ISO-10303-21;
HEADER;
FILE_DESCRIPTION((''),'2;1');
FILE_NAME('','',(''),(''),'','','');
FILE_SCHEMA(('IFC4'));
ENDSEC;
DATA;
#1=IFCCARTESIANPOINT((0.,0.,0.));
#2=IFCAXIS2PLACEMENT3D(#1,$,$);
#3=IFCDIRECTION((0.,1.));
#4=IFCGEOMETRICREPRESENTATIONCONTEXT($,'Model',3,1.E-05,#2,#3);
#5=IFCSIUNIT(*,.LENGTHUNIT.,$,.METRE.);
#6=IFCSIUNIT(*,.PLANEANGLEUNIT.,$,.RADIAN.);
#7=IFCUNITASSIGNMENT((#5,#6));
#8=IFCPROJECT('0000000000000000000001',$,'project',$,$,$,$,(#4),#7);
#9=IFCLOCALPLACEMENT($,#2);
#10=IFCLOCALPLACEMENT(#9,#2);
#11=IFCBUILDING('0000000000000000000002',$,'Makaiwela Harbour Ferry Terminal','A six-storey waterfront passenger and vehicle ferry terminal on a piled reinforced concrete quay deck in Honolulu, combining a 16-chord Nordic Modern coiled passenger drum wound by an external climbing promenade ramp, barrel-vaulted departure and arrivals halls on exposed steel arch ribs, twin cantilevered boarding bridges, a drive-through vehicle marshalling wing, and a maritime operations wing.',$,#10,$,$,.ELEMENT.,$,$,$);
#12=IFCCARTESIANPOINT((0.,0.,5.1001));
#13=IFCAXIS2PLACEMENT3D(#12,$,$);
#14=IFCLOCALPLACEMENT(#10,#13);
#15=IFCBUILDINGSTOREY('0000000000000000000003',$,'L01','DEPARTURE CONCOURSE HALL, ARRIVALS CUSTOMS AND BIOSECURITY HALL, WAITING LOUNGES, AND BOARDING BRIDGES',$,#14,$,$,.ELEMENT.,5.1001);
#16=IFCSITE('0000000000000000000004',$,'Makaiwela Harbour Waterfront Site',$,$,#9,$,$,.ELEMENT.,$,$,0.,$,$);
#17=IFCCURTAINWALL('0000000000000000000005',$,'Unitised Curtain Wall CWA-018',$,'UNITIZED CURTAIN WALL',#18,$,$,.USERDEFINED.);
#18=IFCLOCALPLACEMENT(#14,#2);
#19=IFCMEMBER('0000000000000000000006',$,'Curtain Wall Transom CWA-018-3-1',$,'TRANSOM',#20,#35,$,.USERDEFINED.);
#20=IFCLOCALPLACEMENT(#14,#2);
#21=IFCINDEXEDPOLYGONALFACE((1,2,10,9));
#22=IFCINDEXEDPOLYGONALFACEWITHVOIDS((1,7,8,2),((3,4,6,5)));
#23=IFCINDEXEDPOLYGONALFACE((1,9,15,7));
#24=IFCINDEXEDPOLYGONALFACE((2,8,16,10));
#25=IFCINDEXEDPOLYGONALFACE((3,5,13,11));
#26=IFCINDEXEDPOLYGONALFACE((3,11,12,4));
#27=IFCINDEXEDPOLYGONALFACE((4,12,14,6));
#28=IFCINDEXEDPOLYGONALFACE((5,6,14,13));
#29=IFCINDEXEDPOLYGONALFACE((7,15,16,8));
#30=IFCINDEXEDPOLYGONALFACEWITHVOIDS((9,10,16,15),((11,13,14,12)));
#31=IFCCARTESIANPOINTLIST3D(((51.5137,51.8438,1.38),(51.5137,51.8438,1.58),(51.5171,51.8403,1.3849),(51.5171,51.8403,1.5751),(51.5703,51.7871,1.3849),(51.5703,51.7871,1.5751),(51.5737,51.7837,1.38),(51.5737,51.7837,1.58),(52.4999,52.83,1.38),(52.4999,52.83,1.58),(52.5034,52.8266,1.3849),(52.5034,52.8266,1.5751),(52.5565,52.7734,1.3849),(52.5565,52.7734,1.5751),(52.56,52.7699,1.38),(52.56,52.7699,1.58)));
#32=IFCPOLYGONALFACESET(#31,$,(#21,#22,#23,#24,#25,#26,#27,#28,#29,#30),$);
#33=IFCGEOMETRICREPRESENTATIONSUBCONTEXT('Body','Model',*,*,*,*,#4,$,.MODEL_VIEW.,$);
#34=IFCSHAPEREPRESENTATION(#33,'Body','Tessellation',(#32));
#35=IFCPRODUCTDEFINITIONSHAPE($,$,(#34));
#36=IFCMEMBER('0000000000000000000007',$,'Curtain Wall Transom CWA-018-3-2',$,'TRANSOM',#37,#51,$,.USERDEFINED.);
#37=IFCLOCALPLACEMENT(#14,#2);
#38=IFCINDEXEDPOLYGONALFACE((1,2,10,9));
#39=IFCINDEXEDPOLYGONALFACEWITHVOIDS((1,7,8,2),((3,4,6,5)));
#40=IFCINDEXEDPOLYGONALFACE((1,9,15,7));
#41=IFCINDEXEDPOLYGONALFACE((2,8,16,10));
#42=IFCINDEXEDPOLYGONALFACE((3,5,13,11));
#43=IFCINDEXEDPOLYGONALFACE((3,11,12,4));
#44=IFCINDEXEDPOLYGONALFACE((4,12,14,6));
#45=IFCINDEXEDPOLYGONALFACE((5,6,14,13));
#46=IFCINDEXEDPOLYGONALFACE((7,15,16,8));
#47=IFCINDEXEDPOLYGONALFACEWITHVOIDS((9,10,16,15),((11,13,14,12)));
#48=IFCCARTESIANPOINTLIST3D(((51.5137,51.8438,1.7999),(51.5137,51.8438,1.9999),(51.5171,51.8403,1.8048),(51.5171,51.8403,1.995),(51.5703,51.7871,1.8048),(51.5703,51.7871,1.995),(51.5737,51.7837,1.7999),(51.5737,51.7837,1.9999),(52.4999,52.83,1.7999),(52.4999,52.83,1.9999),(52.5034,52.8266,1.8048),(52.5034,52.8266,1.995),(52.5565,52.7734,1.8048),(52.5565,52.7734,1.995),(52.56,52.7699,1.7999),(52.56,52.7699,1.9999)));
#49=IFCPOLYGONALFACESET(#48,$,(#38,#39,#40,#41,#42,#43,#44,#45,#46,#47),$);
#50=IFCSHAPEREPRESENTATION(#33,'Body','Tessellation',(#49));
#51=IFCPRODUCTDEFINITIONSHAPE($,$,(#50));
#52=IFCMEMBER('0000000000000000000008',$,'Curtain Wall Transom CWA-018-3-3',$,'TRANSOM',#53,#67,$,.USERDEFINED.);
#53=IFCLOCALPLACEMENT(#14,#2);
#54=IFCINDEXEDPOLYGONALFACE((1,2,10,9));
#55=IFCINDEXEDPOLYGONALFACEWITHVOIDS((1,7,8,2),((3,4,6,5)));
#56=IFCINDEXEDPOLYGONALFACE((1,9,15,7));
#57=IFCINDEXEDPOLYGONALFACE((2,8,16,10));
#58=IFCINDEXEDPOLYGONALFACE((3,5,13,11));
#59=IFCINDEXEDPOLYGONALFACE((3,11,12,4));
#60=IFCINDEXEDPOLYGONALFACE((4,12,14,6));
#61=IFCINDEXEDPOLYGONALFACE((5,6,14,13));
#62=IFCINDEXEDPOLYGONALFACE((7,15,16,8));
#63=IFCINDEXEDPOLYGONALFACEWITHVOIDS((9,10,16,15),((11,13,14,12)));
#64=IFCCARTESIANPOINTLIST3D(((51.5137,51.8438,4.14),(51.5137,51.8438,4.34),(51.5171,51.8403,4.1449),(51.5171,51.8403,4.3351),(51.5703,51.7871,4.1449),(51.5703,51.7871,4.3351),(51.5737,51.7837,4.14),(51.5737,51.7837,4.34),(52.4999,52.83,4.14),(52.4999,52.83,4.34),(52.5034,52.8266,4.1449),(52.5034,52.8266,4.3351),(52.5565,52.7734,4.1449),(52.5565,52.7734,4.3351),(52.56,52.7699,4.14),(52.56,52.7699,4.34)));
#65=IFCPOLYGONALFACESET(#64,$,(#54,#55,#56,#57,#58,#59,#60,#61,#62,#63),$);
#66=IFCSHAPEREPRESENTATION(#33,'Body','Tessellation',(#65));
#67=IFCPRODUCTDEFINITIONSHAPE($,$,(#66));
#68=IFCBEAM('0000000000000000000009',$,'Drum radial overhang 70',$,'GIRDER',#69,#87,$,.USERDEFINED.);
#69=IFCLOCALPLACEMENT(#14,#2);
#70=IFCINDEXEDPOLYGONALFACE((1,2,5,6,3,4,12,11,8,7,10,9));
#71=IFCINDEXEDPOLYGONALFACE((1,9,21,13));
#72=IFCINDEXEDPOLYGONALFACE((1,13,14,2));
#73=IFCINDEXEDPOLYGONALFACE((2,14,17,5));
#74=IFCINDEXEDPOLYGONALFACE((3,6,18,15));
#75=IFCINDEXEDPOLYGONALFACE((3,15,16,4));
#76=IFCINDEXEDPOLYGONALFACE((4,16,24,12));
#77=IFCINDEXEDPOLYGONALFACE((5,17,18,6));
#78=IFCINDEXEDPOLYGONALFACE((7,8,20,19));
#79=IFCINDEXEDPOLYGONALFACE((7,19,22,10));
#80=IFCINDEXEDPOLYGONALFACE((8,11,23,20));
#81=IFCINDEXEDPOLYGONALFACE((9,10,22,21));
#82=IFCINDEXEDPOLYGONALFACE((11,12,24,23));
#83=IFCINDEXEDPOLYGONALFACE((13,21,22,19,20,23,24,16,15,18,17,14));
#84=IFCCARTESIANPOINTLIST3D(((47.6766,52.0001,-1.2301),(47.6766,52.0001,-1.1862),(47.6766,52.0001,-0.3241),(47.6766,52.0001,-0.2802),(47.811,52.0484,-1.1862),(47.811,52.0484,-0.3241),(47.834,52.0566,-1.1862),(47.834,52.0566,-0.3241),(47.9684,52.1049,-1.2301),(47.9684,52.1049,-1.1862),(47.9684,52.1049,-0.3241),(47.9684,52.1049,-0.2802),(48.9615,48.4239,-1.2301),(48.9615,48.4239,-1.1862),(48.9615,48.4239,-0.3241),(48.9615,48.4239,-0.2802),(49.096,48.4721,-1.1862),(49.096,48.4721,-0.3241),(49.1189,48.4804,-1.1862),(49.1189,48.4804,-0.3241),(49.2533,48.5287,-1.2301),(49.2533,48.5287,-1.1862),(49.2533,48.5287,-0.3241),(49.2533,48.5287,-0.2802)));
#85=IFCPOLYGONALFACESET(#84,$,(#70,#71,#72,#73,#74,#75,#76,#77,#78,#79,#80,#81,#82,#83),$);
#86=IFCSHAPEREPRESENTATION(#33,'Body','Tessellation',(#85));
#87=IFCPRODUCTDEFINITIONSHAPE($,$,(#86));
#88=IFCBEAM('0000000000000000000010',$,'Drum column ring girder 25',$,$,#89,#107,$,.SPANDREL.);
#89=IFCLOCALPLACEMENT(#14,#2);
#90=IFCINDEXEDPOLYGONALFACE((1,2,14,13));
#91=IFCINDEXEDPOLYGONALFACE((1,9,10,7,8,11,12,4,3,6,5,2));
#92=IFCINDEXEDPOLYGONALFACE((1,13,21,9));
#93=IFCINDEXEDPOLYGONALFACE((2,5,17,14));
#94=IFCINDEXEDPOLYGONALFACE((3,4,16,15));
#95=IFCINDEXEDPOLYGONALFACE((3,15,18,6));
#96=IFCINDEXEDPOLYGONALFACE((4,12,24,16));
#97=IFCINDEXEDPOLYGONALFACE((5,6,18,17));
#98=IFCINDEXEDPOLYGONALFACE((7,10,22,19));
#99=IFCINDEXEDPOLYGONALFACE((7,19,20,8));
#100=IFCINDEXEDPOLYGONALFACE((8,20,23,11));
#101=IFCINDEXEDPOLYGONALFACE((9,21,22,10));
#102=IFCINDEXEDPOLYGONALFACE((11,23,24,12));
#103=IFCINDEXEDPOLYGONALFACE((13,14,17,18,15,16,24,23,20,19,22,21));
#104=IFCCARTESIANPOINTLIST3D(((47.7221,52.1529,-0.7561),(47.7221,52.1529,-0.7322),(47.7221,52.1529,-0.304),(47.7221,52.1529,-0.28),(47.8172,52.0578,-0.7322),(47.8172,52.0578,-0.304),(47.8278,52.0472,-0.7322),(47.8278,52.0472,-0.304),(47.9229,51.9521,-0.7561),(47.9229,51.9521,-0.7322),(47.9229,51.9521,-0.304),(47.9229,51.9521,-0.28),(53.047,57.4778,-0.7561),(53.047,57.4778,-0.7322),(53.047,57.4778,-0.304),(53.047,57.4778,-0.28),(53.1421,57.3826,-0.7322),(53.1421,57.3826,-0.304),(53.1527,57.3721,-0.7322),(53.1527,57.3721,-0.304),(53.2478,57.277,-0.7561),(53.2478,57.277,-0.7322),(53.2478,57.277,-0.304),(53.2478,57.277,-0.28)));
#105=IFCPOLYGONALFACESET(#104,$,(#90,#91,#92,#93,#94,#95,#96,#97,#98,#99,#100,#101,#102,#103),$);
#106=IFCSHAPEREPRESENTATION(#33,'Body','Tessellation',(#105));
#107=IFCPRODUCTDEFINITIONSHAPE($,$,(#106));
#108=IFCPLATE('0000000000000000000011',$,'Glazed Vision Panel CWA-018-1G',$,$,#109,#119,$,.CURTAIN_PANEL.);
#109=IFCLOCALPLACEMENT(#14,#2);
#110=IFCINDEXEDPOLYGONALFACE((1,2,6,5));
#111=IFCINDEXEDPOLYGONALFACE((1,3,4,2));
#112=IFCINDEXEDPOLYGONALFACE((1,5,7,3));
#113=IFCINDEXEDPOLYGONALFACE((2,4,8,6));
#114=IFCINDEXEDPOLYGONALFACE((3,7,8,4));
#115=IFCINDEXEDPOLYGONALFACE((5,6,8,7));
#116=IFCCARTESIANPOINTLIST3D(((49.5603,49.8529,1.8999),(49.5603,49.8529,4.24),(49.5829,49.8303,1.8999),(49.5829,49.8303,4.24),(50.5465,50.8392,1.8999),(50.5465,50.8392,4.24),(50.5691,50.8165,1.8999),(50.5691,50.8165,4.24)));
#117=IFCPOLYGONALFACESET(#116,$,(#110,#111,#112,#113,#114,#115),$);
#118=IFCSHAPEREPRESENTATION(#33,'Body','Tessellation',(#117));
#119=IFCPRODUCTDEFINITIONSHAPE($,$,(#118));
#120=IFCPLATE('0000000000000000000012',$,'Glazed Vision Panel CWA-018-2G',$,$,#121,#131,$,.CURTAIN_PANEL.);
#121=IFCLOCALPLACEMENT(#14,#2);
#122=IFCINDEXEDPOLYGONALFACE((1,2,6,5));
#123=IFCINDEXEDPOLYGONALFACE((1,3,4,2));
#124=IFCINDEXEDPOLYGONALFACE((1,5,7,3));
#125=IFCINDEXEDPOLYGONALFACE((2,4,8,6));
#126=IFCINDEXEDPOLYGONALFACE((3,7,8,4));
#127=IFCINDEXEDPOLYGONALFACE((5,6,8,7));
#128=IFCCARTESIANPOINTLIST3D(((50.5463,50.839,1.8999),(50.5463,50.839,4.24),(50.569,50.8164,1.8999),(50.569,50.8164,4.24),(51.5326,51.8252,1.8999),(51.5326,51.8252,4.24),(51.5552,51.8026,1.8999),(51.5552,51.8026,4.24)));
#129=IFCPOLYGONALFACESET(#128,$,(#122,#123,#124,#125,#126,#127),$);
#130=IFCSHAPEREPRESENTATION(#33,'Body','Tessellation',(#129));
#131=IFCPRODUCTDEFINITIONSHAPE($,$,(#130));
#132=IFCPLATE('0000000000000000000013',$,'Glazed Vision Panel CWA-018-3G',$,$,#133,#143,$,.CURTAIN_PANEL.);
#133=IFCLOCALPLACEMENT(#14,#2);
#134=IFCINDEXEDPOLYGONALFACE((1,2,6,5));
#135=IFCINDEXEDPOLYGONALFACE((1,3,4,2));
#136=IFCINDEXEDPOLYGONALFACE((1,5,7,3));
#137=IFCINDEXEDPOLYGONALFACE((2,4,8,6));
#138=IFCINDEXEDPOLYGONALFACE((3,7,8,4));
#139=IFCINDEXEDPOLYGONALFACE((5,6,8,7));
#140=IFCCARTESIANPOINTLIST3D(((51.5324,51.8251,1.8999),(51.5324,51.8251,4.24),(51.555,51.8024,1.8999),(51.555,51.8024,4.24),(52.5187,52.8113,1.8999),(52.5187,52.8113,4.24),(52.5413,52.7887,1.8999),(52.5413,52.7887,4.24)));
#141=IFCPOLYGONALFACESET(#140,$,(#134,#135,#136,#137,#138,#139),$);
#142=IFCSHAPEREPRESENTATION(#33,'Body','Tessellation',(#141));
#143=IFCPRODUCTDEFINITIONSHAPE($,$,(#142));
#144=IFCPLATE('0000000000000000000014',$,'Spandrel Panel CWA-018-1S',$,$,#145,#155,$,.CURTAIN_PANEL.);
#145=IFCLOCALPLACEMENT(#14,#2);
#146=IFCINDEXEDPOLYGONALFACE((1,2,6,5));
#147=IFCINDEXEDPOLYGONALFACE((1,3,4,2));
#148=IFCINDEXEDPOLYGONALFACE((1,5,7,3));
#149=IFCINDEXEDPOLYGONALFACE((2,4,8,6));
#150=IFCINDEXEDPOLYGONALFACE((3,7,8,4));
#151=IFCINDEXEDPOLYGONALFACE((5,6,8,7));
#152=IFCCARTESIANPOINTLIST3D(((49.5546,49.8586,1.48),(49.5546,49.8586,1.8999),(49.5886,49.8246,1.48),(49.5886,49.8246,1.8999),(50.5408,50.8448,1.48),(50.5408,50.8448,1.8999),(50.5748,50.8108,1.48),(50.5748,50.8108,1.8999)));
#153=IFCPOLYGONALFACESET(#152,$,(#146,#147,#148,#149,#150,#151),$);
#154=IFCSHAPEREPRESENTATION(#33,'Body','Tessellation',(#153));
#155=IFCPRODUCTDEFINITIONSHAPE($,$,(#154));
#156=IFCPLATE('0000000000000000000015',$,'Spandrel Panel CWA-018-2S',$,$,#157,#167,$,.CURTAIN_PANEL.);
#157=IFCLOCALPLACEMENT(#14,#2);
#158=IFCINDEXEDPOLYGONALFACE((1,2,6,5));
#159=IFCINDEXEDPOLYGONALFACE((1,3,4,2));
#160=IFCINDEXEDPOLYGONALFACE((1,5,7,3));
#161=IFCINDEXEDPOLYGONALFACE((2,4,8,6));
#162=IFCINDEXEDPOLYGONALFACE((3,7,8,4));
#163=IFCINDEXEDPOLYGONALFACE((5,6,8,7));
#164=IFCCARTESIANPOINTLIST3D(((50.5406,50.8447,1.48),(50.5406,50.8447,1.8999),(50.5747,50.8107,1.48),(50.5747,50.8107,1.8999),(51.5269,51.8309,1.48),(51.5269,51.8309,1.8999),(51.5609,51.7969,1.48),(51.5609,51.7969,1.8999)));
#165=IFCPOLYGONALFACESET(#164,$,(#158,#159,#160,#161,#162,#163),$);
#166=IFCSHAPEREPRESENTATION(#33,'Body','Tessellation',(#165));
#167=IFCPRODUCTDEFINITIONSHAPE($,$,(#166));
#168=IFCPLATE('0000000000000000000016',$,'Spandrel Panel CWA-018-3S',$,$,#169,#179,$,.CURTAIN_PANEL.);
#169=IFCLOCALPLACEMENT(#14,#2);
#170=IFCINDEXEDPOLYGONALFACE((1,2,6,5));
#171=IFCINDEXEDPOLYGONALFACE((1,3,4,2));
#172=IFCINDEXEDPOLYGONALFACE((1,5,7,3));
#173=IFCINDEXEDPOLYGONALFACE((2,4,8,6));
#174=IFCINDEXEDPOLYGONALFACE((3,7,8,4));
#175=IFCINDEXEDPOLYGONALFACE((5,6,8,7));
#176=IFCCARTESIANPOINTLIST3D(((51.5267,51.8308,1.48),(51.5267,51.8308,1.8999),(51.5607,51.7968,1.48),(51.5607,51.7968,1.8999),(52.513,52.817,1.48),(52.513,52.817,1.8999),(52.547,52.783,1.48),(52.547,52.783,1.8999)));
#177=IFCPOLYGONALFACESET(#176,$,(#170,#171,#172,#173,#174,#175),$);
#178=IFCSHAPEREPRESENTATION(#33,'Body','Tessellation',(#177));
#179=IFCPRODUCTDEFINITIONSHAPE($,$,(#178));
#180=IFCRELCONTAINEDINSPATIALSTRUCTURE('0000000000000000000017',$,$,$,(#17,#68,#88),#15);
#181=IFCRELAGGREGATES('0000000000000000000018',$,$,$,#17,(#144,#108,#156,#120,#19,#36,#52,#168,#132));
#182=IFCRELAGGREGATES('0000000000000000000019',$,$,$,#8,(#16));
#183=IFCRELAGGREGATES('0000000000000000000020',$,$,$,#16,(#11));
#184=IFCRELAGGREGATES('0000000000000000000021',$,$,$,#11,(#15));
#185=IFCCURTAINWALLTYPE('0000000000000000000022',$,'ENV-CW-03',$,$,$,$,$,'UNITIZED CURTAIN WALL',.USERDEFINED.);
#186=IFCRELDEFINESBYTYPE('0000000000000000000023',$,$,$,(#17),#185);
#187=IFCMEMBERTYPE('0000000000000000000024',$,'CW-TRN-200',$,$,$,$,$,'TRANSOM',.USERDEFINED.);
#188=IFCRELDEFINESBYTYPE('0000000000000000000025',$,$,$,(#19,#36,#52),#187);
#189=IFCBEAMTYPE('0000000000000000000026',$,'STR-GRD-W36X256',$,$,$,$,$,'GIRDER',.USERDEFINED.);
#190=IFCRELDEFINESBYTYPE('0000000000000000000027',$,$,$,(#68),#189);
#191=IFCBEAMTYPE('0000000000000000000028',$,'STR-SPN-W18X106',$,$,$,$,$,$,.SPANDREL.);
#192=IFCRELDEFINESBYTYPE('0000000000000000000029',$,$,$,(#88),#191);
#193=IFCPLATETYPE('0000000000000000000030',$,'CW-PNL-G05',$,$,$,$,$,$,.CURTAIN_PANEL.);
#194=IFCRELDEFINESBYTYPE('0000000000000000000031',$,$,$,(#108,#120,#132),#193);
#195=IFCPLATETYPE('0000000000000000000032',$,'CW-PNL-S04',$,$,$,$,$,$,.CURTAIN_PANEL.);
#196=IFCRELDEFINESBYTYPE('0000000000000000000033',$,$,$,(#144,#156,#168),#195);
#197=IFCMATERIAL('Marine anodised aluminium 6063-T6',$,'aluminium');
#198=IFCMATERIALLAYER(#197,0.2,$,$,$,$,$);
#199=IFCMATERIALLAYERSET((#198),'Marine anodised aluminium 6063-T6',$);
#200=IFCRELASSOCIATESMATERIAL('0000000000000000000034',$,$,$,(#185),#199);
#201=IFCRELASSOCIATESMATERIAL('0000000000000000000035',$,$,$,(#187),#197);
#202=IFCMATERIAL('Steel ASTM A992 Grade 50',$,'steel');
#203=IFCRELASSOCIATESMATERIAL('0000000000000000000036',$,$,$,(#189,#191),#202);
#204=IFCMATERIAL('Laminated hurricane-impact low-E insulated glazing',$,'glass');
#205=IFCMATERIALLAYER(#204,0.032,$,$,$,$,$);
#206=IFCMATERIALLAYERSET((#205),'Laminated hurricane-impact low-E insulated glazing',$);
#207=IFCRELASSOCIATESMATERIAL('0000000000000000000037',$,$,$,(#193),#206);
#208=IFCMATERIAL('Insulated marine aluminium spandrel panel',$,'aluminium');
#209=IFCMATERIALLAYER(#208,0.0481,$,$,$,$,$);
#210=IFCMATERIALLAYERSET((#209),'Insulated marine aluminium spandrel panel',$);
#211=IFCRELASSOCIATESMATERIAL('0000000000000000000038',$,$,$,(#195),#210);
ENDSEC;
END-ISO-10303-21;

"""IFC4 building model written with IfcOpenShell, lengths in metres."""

from ifc_helpers import new_model, si_unit, direction, frame, origin, origin_2d, place, context, subcontext, project, spatial, rectangle, hollow_rectangle, i_section, extrude, material, layer, layer_set, material_profile, profile_set, type_object, element, aggregate, save


model = new_model("IFC4")

# Units and contexts
model_context = context("Model", 3, precision=1e-05, world=origin(), true_north=direction((0.0, 1.0)))
body_context = subcontext(model_context, "Body", "Model", "MODEL_VIEW")
ifc_project = project(units=[si_unit("LENGTHUNIT", "METRE"), si_unit("PLANEANGLEUNIT", "RADIAN")], contexts=[model_context])

# Site, building, storey
site_placement = place(None, origin())
site = spatial("IfcSite", under=ifc_project, at=site_placement, Name="Makaiwela Harbour Waterfront Site", CompositionType="ELEMENT", RefElevation=0.0)
building_placement = place(site_placement, origin())
building = spatial("IfcBuilding", under=site, at=building_placement, Name="Makaiwela Harbour Ferry Terminal", Description="A six-storey waterfront passenger and vehicle ferry terminal on a piled reinforced concrete quay deck in Honolulu, combining a 16-chord Nordic Modern coiled passenger drum wound by an external climbing promenade ramp, barrel-vaulted departure and arrivals halls on exposed steel arch ribs, twin cantilevered boarding bridges, a drive-through vehicle marshalling wing, and a maritime operations wing.", CompositionType="ELEMENT")
storey_placement = place(building_placement, frame((0.0, 0.0, 5.1001)))
storey = spatial("IfcBuildingStorey", under=building, at=storey_placement, Name="L01", Description="DEPARTURE CONCOURSE HALL, ARRIVALS CUSTOMS AND BIOSECURITY HALL, WAITING LOUNGES, AND BOARDING BRIDGES", CompositionType="ELEMENT", Elevation=5.1001)

# Shared definitions
ifc_material_1 = material(Name="Steel ASTM A992 Grade 50", Category="steel")

# Curtain wall, members
ifc_material_2 = material(Name="Marine anodised aluminium 6063-T6", Category="aluminium")
ifc_layer_1 = layer(ifc_material_2, 0.2)
ifc_layer_set_1 = layer_set([ifc_layer_1], Name="Marine anodised aluminium 6063-T6")
curtain_wall_type = type_object("IfcCurtainWallType", Name="ENV-CW-03", ElementType="UNITIZED CURTAIN WALL", PredefinedType="USERDEFINED", material=ifc_layer_set_1)
curtain_wall_placement = place(storey_placement, origin())
curtain_wall = element("IfcCurtainWall", 1, at=curtain_wall_placement, inside=storey, type_object=curtain_wall_type, Name="Unitised Curtain Wall CWA-018", ObjectType="UNITIZED CURTAIN WALL", PredefinedType="USERDEFINED")
ifc_material_profile_1 = material_profile(ifc_material_2, hollow_rectangle(XDim=0.085, YDim=0.2, WallThickness=0.0049, at=origin_2d()), Name="CWT-200X85")
ifc_profile_set_1 = profile_set([ifc_material_profile_1], Name="Marine anodised aluminium 6063-T6")
member_type_1 = type_object("IfcMemberType", Name="CW-TRN-200", ElementType="TRANSOM", PredefinedType="USERDEFINED", material=ifc_profile_set_1)
member_1_placement = place(storey_placement, frame((51.5437, 51.8137, 1.48), z_axis=(0.707107, 0.707107, 0.0), x_axis=(-0.707107, 0.707107, 0.0)))
member_1 = element("IfcMember", 2, at=member_1_placement, type_object=member_type_1, Name="Curtain Wall Transom CWA-018-3-1", ObjectType="TRANSOM", PredefinedType="USERDEFINED", context=body_context, shape_type="SweptSolid", body=[
    extrude(hollow_rectangle(XDim=0.085, YDim=0.2, WallThickness=0.0049, at=origin_2d()), origin(), (0.0, 0.0, 1.0), 1.3948),
])
member_2_placement = place(storey_placement, frame((51.5437, 51.8137, 1.8999), z_axis=(0.707107, 0.707107, 0.0), x_axis=(-0.707107, 0.707107, 0.0)))
member_2 = element("IfcMember", 3, at=member_2_placement, type_object=member_type_1, Name="Curtain Wall Transom CWA-018-3-2", ObjectType="TRANSOM", PredefinedType="USERDEFINED", context=body_context, shape_type="SweptSolid", body=[
    extrude(hollow_rectangle(XDim=0.085, YDim=0.2, WallThickness=0.0049, at=origin_2d()), origin(), (0.0, 0.0, 1.0), 1.3948),
])
member_3_placement = place(storey_placement, frame((51.5437, 51.8137, 4.24), z_axis=(0.707107, 0.707107, 0.0), x_axis=(-0.707107, 0.707107, 0.0)))
member_3 = element("IfcMember", 4, at=member_3_placement, type_object=member_type_1, Name="Curtain Wall Transom CWA-018-3-3", ObjectType="TRANSOM", PredefinedType="USERDEFINED", context=body_context, shape_type="SweptSolid", body=[
    extrude(hollow_rectangle(XDim=0.085, YDim=0.2, WallThickness=0.0049, at=origin_2d()), origin(), (0.0, 0.0, 1.0), 1.3948),
])

# Beams
ifc_material_profile_2 = material_profile(ifc_material_1, i_section(OverallWidth=0.3101, OverallDepth=0.95, WebThickness=0.0244, FlangeThickness=0.0439, at=origin_2d()), Name="W36X256")
ifc_profile_set_2 = profile_set([ifc_material_profile_2], Name="Steel ASTM A992 Grade 50")
beam_type_1 = type_object("IfcBeamType", Name="STR-GRD-W36X256", ElementType="GIRDER", PredefinedType="USERDEFINED", material=ifc_profile_set_2)
beam_1_placement = place(storey_placement, frame((47.8225, 52.0525, -0.7551), z_axis=(0.338135, -0.941098, 0.0), x_axis=(0.941098, 0.338135, 0.0)))
element("IfcBeam", 5, at=beam_1_placement, inside=storey, type_object=beam_type_1, Name="Drum radial overhang 70", ObjectType="GIRDER", PredefinedType="USERDEFINED", context=body_context, shape_type="SweptSolid", body=[
    extrude(i_section(OverallWidth=0.3101, OverallDepth=0.95, WebThickness=0.0244, FlangeThickness=0.0439, at=origin_2d()), origin(), (0.0, 0.0, 1.0), 3.8),
])
ifc_material_profile_3 = material_profile(ifc_material_1, i_section(OverallWidth=0.2839, OverallDepth=0.4761, WebThickness=0.0149, FlangeThickness=0.0239, at=origin_2d()), Name="W18X106")
ifc_profile_set_3 = profile_set([ifc_material_profile_3], Name="Steel ASTM A992 Grade 50")
beam_type_2 = type_object("IfcBeamType", Name="STR-SPN-W18X106", PredefinedType="SPANDREL", material=ifc_profile_set_3)
beam_2_placement = place(storey_placement, frame((47.8225, 52.0525, -0.5181), z_axis=(0.707107, 0.707107, 0.0), x_axis=(-0.707107, 0.707107, 0.0)))
element("IfcBeam", 6, at=beam_2_placement, inside=storey, type_object=beam_type_2, Name="Drum column ring girder 25", PredefinedType="SPANDREL", context=body_context, shape_type="SweptSolid", body=[
    extrude(i_section(OverallWidth=0.2839, OverallDepth=0.4761, WebThickness=0.0149, FlangeThickness=0.0239, at=origin_2d()), origin(), (0.0, 0.0, 1.0), 7.5305),
])

# Plates
ifc_material_3 = material(Name="Laminated hurricane-impact low-E insulated glazing", Category="glass")
ifc_layer_2 = layer(ifc_material_3, 0.032)
ifc_layer_set_2 = layer_set([ifc_layer_2], Name="Laminated hurricane-impact low-E insulated glazing")
plate_type_1 = type_object("IfcPlateType", Name="CW-PNL-G05", PredefinedType="CURTAIN_PANEL", material=ifc_layer_set_2)
plate_1_placement = place(storey_placement, frame((50.0647, 50.3347, 1.8999), z_axis=(0.0, 0.0, 1.0), x_axis=(0.707107, 0.707107, 0.0)))
plate_1 = element("IfcPlate", 7, at=plate_1_placement, type_object=plate_type_1, Name="Glazed Vision Panel CWA-018-1G", PredefinedType="CURTAIN_PANEL", context=body_context, shape_type="SweptSolid", body=[
    extrude(rectangle(XDim=1.3948, YDim=0.032, at=origin_2d()), origin(), (0.0, 0.0, 1.0), 2.3401),
])
plate_2_placement = place(storey_placement, frame((51.0508, 51.3208, 1.8999), z_axis=(0.0, 0.0, 1.0), x_axis=(0.707107, 0.707107, 0.0)))
plate_2 = element("IfcPlate", 8, at=plate_2_placement, type_object=plate_type_1, Name="Glazed Vision Panel CWA-018-2G", PredefinedType="CURTAIN_PANEL", context=body_context, shape_type="SweptSolid", body=[
    extrude(rectangle(XDim=1.3948, YDim=0.032, at=origin_2d()), origin(), (0.0, 0.0, 1.0), 2.3401),
])
plate_3_placement = place(storey_placement, frame((52.0369, 52.3069, 1.8999), z_axis=(0.0, 0.0, 1.0), x_axis=(0.707107, 0.707107, 0.0)))
plate_3 = element("IfcPlate", 9, at=plate_3_placement, type_object=plate_type_1, Name="Glazed Vision Panel CWA-018-3G", PredefinedType="CURTAIN_PANEL", context=body_context, shape_type="SweptSolid", body=[
    extrude(rectangle(XDim=1.3948, YDim=0.032, at=origin_2d()), origin(), (0.0, 0.0, 1.0), 2.3401),
])
ifc_material_4 = material(Name="Insulated marine aluminium spandrel panel", Category="aluminium")
ifc_layer_3 = layer(ifc_material_4, 0.0481)
ifc_layer_set_3 = layer_set([ifc_layer_3], Name="Insulated marine aluminium spandrel panel")
plate_type_2 = type_object("IfcPlateType", Name="CW-PNL-S04", PredefinedType="CURTAIN_PANEL", material=ifc_layer_set_3)
plate_4_placement = place(storey_placement, frame((50.0647, 50.3347, 1.48), z_axis=(0.0, 0.0, 1.0), x_axis=(0.707107, 0.707107, 0.0)))
plate_4 = element("IfcPlate", 10, at=plate_4_placement, type_object=plate_type_2, Name="Spandrel Panel CWA-018-1S", PredefinedType="CURTAIN_PANEL", context=body_context, shape_type="SweptSolid", body=[
    extrude(rectangle(XDim=1.3948, YDim=0.0481, at=origin_2d()), origin(), (0.0, 0.0, 1.0), 0.4199),
])
plate_5_placement = place(storey_placement, frame((51.0508, 51.3208, 1.48), z_axis=(0.0, 0.0, 1.0), x_axis=(0.707107, 0.707107, 0.0)))
plate_5 = element("IfcPlate", 11, at=plate_5_placement, type_object=plate_type_2, Name="Spandrel Panel CWA-018-2S", PredefinedType="CURTAIN_PANEL", context=body_context, shape_type="SweptSolid", body=[
    extrude(rectangle(XDim=1.3948, YDim=0.0481, at=origin_2d()), origin(), (0.0, 0.0, 1.0), 0.4199),
])
plate_6_placement = place(storey_placement, frame((52.0369, 52.3069, 1.48), z_axis=(0.0, 0.0, 1.0), x_axis=(0.707107, 0.707107, 0.0)))
plate_6 = element("IfcPlate", 12, at=plate_6_placement, type_object=plate_type_2, Name="Spandrel Panel CWA-018-3S", PredefinedType="CURTAIN_PANEL", context=body_context, shape_type="SweptSolid", body=[
    extrude(rectangle(XDim=1.3948, YDim=0.0481, at=origin_2d()), origin(), (0.0, 0.0, 1.0), 0.4199),
])
aggregate(curtain_wall, [plate_4, plate_1, plate_5, plate_2, member_1, member_2, member_3, plate_6, plate_3])

save(model, "model.ifc")
